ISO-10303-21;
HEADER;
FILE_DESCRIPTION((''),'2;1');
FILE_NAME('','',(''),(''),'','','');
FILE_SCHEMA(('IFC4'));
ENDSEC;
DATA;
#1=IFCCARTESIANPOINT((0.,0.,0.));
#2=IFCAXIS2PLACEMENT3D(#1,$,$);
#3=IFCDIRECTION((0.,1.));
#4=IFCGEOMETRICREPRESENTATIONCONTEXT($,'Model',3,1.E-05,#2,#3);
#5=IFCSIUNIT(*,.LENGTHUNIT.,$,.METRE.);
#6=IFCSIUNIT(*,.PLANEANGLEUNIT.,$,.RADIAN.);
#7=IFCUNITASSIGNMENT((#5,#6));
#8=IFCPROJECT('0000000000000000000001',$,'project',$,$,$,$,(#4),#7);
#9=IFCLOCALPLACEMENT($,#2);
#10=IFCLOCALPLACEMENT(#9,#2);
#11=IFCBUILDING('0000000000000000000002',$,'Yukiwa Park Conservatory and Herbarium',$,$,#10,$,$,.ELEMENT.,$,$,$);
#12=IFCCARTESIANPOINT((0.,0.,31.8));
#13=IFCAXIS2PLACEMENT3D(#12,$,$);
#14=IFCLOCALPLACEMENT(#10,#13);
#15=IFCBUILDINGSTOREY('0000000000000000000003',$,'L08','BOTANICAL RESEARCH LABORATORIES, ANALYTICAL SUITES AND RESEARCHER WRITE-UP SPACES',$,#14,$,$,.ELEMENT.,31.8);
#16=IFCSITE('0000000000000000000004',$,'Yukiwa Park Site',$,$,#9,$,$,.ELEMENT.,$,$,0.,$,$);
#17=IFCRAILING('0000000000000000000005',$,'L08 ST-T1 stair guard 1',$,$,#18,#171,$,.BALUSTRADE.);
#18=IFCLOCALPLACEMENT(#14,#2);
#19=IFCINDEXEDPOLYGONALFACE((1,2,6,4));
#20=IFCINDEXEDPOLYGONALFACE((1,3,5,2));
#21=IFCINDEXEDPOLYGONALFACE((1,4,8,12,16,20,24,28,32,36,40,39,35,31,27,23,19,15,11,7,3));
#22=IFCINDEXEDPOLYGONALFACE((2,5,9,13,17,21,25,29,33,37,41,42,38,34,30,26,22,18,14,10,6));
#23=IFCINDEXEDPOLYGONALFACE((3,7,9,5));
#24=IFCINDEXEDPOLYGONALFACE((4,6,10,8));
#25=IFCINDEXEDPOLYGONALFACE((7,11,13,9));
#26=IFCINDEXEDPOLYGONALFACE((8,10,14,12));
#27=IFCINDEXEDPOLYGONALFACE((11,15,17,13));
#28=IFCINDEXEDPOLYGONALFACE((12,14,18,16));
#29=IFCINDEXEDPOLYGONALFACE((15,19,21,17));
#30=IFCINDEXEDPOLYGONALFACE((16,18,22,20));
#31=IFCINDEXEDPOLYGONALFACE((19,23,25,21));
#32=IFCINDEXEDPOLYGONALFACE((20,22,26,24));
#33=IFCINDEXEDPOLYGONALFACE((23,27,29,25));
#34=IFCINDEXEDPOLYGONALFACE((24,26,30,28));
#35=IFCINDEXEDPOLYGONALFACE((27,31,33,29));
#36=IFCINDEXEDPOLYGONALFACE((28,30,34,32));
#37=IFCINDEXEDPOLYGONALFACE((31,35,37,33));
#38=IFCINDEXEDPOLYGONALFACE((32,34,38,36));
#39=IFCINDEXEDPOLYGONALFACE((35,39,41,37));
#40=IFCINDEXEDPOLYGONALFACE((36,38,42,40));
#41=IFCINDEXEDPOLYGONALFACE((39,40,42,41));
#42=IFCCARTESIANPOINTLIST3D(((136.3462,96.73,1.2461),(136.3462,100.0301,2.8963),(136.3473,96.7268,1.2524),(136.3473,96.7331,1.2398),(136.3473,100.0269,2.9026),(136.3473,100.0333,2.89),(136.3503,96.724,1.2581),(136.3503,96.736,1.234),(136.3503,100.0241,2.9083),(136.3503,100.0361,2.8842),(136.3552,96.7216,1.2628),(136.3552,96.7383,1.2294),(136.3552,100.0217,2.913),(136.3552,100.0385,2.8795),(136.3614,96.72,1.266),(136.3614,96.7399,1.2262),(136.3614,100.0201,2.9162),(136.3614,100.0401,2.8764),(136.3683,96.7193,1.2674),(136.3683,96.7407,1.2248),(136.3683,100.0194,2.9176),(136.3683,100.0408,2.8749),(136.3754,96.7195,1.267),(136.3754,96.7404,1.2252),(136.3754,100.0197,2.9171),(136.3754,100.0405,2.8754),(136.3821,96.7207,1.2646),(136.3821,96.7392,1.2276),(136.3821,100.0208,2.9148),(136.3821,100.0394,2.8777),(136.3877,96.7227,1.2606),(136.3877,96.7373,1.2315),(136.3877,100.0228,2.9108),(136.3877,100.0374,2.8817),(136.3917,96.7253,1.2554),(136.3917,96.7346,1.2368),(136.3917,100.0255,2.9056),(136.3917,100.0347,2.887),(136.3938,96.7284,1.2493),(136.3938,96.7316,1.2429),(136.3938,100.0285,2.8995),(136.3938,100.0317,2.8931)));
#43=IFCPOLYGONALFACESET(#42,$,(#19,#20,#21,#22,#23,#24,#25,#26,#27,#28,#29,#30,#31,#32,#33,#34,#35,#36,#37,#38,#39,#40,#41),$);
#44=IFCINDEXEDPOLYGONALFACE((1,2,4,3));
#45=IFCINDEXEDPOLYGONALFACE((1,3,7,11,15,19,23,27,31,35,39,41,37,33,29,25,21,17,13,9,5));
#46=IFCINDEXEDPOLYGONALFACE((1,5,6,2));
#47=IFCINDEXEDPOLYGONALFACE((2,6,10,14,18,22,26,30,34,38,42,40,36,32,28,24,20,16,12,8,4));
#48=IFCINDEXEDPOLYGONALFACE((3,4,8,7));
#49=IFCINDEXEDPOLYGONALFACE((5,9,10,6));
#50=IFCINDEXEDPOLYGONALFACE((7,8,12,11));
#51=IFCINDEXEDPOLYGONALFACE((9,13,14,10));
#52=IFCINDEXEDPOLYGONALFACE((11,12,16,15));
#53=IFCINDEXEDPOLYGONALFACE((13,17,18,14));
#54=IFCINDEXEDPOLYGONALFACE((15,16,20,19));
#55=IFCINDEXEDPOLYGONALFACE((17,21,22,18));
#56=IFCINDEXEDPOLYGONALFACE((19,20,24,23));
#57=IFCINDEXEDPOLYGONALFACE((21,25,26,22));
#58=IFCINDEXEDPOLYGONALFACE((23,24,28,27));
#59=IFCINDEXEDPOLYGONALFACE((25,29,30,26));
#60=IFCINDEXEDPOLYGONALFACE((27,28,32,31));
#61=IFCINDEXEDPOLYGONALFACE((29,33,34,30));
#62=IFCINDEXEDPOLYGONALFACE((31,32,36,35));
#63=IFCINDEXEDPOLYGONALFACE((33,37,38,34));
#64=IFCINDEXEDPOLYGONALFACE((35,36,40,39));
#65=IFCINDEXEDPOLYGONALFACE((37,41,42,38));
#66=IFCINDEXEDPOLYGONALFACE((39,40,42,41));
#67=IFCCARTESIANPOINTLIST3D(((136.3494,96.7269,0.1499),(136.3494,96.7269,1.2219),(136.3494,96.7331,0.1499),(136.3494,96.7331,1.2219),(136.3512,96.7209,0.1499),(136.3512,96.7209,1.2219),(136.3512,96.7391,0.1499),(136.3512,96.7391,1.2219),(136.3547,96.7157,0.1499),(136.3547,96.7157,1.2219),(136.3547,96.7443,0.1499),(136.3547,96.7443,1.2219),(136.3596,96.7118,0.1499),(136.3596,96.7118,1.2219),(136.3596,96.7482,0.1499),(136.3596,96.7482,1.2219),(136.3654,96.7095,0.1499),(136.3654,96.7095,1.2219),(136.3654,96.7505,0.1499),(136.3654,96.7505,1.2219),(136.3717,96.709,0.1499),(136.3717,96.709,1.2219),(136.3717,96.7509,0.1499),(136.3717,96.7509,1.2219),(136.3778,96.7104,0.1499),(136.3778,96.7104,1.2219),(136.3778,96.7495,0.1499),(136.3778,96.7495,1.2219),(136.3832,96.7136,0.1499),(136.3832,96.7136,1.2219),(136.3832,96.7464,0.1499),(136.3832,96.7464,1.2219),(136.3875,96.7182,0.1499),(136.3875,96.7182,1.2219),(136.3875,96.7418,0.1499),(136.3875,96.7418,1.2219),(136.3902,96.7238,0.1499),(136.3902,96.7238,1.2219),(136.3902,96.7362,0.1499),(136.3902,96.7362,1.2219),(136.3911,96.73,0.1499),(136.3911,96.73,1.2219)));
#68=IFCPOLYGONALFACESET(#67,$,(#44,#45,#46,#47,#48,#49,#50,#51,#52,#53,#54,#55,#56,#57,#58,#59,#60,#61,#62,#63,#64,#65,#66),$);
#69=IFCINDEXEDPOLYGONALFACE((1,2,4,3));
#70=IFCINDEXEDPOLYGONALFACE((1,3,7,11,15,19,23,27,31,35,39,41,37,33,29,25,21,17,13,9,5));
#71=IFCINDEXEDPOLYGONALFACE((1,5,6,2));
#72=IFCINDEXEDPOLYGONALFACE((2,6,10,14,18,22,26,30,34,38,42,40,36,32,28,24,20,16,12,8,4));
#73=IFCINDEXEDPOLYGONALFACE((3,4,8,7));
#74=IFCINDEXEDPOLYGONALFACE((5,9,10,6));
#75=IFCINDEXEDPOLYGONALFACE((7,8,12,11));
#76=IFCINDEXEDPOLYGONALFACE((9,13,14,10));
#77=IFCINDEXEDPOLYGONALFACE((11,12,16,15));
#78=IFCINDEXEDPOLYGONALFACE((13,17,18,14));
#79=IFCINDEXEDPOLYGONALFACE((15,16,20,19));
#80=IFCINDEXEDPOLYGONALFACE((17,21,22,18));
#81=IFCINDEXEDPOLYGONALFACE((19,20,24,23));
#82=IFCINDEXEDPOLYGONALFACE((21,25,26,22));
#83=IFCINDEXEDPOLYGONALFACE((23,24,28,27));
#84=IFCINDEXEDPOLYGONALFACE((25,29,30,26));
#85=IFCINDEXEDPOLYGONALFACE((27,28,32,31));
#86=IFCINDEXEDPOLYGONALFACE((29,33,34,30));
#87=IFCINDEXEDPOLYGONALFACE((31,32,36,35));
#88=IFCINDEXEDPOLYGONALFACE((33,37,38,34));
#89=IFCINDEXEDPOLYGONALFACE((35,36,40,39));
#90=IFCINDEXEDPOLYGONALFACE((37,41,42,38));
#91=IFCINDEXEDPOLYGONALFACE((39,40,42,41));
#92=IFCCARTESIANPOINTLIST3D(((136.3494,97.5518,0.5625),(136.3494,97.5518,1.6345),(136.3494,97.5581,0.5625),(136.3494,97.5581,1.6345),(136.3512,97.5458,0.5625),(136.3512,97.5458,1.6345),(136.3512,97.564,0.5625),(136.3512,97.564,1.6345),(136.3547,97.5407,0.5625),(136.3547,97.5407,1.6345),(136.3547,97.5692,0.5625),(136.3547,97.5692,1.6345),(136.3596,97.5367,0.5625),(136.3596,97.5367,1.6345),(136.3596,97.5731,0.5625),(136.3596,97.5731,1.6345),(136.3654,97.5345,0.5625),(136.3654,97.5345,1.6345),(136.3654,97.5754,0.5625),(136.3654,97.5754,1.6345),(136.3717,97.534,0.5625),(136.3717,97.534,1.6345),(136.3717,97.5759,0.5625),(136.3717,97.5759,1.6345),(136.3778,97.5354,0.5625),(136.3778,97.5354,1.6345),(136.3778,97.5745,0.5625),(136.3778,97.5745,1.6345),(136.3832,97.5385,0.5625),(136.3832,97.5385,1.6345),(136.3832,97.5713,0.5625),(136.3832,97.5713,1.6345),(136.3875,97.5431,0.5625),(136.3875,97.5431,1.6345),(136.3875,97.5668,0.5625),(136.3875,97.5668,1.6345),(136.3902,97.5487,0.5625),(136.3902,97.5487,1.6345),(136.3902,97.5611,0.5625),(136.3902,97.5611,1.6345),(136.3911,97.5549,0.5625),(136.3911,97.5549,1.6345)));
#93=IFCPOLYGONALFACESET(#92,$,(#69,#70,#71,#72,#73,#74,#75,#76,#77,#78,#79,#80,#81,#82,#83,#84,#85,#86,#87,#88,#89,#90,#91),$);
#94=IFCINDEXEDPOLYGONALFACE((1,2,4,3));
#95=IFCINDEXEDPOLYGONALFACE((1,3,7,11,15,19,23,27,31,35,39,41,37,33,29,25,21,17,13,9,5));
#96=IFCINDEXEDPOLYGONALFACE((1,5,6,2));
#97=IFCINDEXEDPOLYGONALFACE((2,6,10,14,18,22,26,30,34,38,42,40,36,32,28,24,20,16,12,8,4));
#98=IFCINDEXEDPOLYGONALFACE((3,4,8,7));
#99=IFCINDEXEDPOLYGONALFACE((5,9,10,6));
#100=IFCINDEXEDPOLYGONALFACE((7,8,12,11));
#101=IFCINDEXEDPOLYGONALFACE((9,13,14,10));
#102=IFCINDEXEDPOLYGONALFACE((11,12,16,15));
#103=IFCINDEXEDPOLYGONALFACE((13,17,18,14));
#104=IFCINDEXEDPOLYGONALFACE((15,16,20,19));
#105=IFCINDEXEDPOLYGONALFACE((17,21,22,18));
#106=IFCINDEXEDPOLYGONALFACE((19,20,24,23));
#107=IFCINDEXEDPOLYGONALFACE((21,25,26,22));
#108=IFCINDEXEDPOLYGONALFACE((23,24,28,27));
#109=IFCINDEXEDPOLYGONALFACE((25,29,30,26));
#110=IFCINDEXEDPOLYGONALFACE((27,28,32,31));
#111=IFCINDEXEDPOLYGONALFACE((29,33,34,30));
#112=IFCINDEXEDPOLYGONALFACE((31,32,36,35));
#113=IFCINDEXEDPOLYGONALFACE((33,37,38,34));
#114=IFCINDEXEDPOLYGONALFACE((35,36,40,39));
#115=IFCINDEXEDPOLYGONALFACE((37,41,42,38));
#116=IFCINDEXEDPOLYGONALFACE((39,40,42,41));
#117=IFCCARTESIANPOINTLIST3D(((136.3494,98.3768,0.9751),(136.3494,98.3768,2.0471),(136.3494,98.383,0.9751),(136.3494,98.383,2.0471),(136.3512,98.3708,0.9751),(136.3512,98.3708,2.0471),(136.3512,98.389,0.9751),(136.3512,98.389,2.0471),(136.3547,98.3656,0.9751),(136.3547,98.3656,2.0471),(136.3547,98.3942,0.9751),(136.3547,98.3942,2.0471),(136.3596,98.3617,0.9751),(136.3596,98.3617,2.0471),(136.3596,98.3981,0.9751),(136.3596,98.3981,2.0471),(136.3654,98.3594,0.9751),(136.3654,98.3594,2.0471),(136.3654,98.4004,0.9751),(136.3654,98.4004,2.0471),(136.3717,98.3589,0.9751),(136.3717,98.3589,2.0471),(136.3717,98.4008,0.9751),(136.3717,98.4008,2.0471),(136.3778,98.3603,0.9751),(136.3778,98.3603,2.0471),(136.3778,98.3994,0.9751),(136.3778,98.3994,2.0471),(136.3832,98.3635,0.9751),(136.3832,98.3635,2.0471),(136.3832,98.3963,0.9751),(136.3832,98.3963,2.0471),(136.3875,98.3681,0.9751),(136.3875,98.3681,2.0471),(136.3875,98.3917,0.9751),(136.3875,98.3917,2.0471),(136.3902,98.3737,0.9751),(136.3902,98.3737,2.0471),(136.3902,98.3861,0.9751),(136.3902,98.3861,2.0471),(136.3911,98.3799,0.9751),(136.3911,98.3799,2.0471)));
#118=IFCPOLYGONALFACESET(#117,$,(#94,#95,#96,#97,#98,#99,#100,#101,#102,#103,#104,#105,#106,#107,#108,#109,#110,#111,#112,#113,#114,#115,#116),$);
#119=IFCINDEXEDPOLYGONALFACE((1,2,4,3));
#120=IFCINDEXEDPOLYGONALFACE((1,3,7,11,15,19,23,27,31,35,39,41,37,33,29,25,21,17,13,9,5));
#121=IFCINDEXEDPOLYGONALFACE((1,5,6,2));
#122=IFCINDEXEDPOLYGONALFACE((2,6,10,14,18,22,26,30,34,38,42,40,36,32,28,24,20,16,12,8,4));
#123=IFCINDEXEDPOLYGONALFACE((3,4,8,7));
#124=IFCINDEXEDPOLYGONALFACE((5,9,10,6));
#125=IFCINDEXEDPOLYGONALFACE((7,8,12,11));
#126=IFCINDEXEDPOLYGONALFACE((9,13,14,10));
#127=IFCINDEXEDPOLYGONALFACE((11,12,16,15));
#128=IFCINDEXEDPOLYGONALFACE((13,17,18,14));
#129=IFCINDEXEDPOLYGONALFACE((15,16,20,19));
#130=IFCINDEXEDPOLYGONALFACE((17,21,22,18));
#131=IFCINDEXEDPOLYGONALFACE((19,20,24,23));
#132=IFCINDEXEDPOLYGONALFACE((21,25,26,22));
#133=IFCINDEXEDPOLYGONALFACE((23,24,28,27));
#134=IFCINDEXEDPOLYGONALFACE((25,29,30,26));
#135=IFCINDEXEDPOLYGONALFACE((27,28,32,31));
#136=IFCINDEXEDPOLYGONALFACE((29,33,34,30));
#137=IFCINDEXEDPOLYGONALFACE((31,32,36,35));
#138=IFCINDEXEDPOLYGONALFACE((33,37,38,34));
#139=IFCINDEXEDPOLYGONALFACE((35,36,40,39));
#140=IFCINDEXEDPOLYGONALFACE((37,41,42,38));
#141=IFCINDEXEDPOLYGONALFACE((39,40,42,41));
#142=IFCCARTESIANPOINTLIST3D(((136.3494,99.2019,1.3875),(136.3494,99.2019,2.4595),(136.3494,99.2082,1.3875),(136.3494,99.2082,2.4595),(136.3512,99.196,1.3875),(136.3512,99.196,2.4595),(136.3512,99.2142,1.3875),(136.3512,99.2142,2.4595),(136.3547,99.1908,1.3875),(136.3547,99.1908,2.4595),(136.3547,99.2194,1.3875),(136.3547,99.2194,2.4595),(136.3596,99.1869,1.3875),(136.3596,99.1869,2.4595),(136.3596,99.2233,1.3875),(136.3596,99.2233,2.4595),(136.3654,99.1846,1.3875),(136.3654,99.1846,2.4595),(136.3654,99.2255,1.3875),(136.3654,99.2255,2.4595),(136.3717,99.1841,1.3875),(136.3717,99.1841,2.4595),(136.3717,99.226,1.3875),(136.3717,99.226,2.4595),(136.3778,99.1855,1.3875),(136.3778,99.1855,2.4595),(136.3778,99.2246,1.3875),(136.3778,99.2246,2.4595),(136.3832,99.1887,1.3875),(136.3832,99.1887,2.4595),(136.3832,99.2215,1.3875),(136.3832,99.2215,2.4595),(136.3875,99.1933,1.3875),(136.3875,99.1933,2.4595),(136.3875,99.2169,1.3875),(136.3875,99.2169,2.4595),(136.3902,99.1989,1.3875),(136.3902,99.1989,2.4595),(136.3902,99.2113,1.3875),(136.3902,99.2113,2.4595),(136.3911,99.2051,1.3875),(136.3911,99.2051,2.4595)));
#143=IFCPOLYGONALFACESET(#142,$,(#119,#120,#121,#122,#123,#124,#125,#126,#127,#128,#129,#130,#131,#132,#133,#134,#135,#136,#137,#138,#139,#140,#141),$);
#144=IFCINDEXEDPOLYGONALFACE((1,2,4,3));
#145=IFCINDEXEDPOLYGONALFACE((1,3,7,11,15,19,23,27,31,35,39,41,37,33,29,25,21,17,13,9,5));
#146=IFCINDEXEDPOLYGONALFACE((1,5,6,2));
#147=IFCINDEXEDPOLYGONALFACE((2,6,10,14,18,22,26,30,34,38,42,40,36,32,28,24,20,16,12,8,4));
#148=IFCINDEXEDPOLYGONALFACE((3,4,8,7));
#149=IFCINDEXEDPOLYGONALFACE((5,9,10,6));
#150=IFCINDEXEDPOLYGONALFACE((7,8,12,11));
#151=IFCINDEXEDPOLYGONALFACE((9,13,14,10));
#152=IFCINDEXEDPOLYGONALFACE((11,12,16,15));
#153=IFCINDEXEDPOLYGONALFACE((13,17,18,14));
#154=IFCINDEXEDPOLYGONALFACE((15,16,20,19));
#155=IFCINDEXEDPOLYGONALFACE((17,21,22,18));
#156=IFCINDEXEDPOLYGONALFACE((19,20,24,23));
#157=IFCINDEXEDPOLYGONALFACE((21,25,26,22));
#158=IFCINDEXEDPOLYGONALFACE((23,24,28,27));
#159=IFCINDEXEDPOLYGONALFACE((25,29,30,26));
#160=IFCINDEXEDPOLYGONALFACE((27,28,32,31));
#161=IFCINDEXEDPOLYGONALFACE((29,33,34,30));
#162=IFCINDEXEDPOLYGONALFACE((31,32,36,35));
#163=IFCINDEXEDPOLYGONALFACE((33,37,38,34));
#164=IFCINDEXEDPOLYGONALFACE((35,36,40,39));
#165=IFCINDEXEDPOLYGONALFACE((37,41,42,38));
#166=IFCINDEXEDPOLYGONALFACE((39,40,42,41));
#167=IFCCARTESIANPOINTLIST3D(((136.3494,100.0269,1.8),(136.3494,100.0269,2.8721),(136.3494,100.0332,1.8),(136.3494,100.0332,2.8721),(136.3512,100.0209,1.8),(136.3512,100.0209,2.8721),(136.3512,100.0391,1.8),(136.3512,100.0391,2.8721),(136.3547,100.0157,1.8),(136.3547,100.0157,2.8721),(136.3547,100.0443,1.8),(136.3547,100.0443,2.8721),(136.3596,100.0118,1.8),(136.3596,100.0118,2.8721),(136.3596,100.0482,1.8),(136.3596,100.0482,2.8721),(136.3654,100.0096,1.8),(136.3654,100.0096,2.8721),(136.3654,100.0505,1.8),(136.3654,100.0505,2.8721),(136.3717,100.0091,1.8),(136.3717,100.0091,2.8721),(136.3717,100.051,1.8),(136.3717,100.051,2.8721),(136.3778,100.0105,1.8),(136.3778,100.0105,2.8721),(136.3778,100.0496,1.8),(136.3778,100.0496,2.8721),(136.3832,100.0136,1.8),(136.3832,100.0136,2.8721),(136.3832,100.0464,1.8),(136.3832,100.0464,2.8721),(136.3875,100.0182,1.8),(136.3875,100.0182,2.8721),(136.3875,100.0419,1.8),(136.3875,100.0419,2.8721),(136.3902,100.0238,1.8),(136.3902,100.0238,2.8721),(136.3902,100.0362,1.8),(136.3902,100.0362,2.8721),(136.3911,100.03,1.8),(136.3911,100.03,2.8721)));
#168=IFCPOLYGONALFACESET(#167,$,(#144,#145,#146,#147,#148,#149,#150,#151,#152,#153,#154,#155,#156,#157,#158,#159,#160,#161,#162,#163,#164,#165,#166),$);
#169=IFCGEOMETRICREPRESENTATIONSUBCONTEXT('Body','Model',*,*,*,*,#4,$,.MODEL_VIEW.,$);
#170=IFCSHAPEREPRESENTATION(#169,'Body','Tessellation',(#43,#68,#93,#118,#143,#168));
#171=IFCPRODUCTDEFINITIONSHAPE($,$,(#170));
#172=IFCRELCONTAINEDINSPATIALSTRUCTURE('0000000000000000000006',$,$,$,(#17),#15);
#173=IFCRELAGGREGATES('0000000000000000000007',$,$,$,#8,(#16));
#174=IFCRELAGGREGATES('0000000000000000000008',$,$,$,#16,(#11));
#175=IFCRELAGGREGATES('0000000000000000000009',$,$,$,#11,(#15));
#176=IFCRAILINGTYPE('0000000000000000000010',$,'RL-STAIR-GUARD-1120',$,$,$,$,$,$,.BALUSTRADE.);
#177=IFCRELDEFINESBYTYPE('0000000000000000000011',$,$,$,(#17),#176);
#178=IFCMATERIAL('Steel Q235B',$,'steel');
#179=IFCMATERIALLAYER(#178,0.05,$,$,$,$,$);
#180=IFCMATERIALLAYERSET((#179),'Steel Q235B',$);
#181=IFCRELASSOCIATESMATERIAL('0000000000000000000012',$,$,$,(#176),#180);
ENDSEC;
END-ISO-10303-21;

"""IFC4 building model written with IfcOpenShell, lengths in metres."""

from ifc_helpers import new_model, si_unit, direction, frame, origin, origin_2d, place, context, subcontext, project, spatial, circle, extrude, material, layer, layer_set, type_object, element, save


model = new_model("IFC4")

# Units and contexts
model_context = context("Model", 3, precision=1e-05, world=origin(), true_north=direction((0.0, 1.0)))
body_context = subcontext(model_context, "Body", "Model", "MODEL_VIEW")
ifc_project = project(units=[si_unit("LENGTHUNIT", "METRE"), si_unit("PLANEANGLEUNIT", "RADIAN")], contexts=[model_context])

# Site, building, storey
site_placement = place(None, origin())
site = spatial("IfcSite", under=ifc_project, at=site_placement, Name="Yukiwa Park Site", CompositionType="ELEMENT", RefElevation=0.0)
building_placement = place(site_placement, origin())
building = spatial("IfcBuilding", under=site, at=building_placement, Name="Yukiwa Park Conservatory and Herbarium", CompositionType="ELEMENT")
storey_placement = place(building_placement, frame((0.0, 0.0, 31.8)))
storey = spatial("IfcBuildingStorey", under=building, at=storey_placement, Name="L08", Description="BOTANICAL RESEARCH LABORATORIES, ANALYTICAL SUITES AND RESEARCHER WRITE-UP SPACES", CompositionType="ELEMENT", Elevation=31.8)

# Railing
ifc_material_1 = material(Name="Steel Q235B", Category="steel")
ifc_layer_1 = layer(ifc_material_1, 0.05)
ifc_layer_set_1 = layer_set([ifc_layer_1], Name="Steel Q235B")
railing_type_1 = type_object("IfcRailingType", Name="RL-STAIR-GUARD-1120", PredefinedType="BALUSTRADE", material=ifc_layer_set_1)
railing_1_placement = place(storey_placement, frame((136.3701, 96.73, 0.1499)))
element("IfcRailing", 1, at=railing_1_placement, inside=storey, type_object=railing_type_1, Name="L08 ST-T1 stair guard 1", PredefinedType="BALUSTRADE", context=body_context, shape_type="SweptSolid", body=[
    extrude(circle(Radius=0.0239, at=origin_2d()), frame((0.0, 0.0, 1.0962), z_axis=(0.0, 0.894414, 0.44724), x_axis=(-1.0, 0.0, 0.0)), (0.0, 0.0, 1.0), 3.6897),
    extrude(circle(Radius=0.021, at=origin_2d()), origin(), (0.0, 0.0, 1.0), 1.072),
    extrude(circle(Radius=0.021, at=origin_2d()), frame((0.0, 0.825, 0.4126)), (0.0, 0.0, 1.0), 1.072),
    extrude(circle(Radius=0.021, at=origin_2d()), frame((0.0, 1.6499, 0.8252)), (0.0, 0.0, 1.0), 1.072),
    extrude(circle(Radius=0.021, at=origin_2d()), frame((0.0, 2.4751, 1.2375)), (0.0, 0.0, 1.0), 1.072),
    extrude(circle(Radius=0.021, at=origin_2d()), frame((0.0, 3.3, 1.6501)), (0.0, 0.0, 1.0), 1.072),
])

save(model, "model.ifc")
